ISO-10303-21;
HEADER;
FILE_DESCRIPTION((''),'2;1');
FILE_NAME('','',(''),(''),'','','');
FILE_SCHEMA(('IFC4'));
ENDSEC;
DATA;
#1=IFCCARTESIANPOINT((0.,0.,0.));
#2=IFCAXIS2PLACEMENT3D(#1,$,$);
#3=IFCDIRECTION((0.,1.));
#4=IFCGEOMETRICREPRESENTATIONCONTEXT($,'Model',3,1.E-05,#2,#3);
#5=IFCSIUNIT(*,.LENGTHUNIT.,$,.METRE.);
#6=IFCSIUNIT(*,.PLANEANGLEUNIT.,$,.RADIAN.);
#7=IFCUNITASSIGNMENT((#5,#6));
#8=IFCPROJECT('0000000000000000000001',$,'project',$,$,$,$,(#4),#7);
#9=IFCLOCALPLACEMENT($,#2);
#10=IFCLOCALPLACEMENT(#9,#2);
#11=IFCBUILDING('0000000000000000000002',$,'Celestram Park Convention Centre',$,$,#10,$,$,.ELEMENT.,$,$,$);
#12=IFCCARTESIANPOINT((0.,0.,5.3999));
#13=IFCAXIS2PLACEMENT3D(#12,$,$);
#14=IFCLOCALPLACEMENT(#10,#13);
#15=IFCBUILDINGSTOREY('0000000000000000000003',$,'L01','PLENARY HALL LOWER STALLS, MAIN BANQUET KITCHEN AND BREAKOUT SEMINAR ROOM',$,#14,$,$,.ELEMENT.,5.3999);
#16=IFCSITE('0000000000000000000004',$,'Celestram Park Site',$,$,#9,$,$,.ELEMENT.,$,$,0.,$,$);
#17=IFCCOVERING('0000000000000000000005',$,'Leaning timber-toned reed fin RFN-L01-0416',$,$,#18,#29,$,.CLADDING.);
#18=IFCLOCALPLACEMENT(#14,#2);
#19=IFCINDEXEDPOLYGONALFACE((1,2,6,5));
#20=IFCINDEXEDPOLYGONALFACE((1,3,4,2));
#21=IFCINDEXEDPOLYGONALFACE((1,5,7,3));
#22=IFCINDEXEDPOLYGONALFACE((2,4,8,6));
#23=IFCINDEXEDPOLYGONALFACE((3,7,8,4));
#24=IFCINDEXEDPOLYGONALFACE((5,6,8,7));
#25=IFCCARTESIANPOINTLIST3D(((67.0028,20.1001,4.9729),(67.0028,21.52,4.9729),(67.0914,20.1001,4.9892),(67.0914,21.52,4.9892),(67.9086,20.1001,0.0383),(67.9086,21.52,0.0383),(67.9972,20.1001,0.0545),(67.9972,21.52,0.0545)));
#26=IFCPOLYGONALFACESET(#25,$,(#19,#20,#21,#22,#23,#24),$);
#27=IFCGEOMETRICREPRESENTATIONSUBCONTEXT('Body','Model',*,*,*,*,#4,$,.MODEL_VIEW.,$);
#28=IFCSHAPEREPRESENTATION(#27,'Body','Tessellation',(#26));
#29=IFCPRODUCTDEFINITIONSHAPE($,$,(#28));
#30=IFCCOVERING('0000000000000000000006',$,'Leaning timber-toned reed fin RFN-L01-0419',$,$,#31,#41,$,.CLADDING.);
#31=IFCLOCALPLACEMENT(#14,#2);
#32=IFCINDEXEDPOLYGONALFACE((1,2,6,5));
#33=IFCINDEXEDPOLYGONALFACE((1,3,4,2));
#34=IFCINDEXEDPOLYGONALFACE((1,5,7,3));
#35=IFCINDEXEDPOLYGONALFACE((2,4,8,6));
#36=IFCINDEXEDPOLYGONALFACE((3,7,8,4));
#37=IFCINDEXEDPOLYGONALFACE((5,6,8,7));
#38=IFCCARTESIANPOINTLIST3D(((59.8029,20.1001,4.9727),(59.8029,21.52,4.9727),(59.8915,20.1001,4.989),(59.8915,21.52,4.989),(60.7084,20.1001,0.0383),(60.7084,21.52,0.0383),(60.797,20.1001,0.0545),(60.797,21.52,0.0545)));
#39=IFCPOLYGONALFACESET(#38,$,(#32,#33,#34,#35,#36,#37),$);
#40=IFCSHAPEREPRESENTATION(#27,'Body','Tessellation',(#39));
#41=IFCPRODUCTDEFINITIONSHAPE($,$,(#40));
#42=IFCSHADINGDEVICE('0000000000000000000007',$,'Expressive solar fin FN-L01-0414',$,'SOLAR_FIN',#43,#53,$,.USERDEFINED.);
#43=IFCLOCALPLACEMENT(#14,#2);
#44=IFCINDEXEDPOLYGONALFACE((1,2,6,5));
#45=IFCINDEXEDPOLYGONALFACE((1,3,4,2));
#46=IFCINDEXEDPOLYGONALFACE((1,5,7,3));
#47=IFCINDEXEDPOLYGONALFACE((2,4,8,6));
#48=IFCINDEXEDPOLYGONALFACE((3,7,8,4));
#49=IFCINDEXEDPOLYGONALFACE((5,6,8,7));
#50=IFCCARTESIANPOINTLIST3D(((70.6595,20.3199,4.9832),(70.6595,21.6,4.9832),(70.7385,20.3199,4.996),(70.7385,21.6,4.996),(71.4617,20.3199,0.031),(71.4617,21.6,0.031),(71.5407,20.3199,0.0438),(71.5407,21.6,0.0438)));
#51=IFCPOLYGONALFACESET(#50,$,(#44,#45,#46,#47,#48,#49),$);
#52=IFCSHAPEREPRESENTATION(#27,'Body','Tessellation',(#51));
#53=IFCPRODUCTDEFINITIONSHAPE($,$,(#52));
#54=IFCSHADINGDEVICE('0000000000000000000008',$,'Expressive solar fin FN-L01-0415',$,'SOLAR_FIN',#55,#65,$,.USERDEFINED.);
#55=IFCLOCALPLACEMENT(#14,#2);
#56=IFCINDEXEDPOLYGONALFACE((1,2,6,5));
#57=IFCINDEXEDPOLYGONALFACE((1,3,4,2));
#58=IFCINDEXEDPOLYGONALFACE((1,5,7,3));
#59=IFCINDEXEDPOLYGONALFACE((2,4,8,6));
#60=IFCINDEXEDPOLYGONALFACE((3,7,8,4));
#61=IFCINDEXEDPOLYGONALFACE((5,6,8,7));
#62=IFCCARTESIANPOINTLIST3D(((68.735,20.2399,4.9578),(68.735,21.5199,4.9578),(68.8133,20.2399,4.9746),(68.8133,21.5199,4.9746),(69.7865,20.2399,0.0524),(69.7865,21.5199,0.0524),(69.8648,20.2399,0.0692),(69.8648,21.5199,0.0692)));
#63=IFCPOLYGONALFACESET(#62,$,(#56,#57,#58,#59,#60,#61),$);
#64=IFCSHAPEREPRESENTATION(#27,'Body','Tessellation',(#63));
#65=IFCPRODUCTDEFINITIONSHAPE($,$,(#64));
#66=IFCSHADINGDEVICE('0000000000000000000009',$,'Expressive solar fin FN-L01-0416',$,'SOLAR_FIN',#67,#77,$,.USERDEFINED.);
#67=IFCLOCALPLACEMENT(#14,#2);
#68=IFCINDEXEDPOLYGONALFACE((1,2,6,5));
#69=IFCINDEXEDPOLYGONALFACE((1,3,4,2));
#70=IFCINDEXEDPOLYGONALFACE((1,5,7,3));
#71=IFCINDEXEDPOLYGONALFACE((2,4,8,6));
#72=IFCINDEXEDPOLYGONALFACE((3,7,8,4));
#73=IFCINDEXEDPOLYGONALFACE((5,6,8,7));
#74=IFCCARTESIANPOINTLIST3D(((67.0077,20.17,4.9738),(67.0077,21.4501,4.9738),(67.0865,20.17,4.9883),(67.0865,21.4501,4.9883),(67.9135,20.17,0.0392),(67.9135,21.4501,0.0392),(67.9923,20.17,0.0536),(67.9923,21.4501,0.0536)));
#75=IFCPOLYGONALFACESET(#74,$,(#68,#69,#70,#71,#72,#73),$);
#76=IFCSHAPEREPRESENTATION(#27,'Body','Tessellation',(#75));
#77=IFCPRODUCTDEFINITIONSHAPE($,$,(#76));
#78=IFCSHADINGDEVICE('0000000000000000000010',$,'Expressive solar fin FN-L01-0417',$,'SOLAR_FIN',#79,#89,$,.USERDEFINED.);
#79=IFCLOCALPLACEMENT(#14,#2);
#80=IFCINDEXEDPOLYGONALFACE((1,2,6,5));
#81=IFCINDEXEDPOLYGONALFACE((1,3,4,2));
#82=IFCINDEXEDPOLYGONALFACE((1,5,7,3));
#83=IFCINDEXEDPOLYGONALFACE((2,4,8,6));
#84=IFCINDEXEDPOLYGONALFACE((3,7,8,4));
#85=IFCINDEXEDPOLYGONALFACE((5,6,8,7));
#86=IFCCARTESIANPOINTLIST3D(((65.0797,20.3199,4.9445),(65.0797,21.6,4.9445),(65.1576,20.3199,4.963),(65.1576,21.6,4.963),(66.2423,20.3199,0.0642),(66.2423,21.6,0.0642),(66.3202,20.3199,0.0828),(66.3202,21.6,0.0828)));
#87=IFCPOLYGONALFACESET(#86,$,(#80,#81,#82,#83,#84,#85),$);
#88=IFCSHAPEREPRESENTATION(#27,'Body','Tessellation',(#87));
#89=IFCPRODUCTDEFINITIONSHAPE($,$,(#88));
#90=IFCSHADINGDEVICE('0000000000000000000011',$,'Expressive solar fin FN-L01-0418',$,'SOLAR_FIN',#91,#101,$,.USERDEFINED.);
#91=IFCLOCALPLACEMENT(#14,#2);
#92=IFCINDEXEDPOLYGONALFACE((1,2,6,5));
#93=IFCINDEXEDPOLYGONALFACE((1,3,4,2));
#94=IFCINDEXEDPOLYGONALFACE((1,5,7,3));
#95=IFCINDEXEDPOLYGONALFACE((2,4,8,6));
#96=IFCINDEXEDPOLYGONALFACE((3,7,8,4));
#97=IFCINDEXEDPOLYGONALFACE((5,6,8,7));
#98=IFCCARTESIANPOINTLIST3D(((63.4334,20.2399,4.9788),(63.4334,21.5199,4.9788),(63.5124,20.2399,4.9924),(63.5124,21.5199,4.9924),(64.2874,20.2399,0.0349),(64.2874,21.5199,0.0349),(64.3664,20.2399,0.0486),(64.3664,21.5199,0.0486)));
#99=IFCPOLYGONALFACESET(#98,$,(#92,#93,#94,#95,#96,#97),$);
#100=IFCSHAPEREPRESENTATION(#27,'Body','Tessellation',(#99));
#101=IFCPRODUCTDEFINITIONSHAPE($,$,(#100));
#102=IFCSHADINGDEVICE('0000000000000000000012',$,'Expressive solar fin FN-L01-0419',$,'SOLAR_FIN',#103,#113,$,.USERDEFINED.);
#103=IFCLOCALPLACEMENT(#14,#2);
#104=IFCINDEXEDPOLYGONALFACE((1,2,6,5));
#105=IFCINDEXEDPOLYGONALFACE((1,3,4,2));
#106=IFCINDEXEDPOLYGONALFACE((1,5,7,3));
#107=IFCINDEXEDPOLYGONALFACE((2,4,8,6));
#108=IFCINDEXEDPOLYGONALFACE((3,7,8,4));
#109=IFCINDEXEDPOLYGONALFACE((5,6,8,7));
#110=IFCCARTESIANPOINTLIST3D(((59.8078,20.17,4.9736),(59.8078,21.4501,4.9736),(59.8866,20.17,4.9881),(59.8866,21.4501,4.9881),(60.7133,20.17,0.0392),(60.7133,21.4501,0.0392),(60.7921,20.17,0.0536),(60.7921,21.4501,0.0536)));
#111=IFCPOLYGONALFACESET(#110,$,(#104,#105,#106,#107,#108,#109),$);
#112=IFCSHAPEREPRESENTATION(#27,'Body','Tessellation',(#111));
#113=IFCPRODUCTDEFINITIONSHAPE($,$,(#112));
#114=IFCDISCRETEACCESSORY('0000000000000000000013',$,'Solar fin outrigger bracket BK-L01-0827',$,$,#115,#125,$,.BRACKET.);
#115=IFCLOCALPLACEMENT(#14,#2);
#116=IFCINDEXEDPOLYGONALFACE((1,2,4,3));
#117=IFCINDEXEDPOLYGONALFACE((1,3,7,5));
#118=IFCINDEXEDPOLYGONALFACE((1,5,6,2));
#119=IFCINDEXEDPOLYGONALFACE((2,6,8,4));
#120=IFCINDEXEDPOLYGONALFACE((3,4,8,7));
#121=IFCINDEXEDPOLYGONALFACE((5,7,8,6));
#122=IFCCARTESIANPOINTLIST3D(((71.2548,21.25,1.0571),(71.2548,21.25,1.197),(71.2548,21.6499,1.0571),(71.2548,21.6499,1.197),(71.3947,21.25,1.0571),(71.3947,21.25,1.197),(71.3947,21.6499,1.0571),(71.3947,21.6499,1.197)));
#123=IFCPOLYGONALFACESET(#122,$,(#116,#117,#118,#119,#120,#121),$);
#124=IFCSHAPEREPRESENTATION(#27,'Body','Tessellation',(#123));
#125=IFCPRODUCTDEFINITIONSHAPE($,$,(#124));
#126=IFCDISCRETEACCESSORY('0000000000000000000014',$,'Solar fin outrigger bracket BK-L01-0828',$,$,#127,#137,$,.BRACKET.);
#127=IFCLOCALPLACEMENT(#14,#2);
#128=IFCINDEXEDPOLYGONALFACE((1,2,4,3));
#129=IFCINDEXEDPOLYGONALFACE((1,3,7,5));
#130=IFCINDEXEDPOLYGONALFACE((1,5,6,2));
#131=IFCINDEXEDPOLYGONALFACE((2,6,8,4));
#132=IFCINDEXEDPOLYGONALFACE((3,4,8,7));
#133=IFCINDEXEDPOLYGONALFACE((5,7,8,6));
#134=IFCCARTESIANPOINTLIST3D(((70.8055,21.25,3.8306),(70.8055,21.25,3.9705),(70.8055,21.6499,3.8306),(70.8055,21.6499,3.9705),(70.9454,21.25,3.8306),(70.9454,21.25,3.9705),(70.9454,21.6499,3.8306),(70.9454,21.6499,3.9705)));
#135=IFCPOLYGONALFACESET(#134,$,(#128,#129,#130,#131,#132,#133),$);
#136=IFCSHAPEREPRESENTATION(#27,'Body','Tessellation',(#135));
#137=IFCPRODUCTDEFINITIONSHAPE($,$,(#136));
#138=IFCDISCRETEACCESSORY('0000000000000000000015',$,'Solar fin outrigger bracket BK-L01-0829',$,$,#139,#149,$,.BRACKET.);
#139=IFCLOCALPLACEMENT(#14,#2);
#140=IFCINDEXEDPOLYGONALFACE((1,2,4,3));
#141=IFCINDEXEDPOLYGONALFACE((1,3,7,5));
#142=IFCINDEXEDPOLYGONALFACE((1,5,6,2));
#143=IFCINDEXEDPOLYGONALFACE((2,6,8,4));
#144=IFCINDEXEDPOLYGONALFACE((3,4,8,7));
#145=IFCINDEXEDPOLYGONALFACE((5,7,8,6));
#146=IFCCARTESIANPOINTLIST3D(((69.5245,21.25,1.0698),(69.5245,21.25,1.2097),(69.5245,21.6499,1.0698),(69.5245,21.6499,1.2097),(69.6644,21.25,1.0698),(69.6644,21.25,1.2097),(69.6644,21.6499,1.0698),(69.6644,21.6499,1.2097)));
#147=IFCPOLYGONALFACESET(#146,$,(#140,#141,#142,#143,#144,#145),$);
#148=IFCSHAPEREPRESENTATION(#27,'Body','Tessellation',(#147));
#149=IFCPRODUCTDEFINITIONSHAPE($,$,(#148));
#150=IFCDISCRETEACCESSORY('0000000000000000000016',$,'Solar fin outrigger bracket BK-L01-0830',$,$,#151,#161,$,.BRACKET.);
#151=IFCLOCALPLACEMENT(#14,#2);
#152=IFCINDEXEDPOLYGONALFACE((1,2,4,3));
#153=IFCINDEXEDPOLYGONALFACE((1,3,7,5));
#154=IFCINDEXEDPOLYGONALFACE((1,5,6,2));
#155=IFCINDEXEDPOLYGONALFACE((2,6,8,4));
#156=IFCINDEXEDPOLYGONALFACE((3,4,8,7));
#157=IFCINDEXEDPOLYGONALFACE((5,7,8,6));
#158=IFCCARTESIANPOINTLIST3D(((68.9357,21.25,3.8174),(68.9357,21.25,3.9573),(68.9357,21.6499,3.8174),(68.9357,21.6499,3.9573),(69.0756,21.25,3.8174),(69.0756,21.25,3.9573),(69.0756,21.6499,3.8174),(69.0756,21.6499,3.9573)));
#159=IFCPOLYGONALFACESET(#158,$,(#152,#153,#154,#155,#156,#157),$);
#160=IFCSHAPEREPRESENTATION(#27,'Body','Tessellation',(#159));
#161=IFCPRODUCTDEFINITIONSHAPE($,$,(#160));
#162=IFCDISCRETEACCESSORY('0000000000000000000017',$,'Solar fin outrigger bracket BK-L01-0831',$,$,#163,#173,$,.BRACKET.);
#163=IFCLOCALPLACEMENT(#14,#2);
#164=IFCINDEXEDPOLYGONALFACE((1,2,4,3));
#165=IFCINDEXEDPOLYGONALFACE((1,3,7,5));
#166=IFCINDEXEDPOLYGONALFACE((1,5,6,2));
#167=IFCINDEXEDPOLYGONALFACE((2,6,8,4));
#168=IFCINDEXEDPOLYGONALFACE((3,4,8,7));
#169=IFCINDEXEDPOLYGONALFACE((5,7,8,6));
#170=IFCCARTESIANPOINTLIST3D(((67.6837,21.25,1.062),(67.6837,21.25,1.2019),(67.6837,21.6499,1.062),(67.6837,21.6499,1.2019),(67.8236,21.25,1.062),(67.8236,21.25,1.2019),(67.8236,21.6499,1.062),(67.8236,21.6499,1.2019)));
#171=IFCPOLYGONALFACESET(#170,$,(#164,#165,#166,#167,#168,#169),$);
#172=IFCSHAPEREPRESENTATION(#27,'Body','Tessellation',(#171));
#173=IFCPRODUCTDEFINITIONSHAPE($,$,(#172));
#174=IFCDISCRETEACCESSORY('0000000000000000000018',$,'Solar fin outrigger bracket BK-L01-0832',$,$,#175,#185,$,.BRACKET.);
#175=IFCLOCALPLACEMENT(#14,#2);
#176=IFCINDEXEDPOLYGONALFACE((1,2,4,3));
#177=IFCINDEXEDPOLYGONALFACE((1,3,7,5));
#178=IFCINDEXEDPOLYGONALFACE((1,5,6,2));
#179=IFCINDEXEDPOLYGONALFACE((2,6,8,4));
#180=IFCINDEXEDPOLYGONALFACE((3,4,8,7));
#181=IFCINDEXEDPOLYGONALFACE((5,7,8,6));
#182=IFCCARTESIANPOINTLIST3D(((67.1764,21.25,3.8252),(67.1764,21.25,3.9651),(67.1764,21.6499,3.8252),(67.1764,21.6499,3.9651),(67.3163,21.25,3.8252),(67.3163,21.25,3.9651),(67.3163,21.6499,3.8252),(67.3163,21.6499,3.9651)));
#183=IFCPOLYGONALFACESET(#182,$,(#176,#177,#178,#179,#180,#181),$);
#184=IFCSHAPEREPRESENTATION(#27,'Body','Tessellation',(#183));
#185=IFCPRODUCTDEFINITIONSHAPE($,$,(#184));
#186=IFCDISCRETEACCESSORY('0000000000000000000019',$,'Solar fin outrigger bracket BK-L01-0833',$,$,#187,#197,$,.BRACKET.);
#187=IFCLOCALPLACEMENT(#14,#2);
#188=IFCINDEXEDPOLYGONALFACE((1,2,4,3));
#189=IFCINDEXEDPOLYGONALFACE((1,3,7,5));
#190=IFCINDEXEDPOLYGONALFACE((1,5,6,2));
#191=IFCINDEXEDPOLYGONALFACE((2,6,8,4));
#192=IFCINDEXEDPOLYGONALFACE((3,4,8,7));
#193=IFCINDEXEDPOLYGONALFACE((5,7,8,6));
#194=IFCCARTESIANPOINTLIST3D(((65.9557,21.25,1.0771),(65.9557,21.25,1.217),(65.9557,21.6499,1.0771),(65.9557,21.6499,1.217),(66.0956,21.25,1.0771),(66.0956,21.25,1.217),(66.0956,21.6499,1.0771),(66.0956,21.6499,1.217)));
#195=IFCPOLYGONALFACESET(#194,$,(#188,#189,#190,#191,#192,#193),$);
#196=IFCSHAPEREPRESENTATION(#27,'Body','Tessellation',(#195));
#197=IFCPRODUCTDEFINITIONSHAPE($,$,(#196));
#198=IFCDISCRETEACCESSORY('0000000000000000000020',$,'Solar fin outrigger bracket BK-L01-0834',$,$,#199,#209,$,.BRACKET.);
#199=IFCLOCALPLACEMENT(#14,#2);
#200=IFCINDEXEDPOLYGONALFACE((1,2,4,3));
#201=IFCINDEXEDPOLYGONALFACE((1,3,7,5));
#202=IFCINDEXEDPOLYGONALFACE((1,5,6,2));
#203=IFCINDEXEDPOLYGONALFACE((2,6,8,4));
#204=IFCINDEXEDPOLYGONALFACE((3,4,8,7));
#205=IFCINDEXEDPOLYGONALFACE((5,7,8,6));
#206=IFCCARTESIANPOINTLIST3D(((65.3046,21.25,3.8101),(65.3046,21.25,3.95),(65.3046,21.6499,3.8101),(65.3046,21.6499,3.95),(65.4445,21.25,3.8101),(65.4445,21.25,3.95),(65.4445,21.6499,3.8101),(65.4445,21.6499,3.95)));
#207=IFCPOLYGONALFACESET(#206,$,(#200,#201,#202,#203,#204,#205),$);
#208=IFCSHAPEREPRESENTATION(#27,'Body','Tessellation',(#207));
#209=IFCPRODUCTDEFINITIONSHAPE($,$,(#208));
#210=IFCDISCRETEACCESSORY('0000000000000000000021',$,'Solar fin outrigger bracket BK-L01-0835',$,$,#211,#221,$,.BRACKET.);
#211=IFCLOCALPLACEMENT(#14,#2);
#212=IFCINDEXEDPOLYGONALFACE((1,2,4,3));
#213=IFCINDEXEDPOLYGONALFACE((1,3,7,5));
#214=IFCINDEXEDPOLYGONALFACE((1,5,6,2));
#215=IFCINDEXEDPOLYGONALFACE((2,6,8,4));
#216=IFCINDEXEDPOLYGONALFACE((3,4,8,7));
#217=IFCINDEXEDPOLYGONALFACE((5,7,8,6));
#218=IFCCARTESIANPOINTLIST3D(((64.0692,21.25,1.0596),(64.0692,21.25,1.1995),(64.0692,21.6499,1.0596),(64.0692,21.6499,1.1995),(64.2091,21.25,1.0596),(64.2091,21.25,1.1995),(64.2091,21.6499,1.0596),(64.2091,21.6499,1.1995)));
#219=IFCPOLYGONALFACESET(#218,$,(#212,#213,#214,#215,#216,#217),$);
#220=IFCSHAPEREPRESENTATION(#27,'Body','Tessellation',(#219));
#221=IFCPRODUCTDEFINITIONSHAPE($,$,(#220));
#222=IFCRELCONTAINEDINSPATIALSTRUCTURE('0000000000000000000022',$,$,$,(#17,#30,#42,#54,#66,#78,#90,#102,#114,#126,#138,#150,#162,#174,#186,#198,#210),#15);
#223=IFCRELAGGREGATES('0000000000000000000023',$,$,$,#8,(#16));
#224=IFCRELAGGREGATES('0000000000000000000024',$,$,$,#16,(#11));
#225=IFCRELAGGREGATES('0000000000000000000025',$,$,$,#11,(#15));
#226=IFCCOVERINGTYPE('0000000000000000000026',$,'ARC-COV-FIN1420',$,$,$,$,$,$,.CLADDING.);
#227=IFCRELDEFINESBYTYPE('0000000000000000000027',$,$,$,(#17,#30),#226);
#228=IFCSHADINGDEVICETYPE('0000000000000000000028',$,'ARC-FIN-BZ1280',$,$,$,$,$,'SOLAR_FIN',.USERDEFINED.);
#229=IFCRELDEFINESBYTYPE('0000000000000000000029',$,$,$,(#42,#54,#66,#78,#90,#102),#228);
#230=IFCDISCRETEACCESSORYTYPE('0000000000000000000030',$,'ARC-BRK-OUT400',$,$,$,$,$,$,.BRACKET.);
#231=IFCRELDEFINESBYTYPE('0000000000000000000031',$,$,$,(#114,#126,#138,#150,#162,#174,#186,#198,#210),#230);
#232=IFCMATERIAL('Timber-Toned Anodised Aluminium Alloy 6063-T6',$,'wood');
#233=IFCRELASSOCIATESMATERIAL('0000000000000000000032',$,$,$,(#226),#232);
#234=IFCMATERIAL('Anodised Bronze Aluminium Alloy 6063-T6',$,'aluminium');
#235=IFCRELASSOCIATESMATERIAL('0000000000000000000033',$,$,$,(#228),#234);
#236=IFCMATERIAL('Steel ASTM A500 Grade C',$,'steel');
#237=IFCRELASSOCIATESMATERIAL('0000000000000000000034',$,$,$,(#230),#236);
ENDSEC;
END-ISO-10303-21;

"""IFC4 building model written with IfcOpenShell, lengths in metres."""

from ifc_helpers import new_model, si_unit, direction, frame, origin, origin_2d, place, context, subcontext, project, spatial, rectangle, extrude, material, material_profile, profile_set, type_object, element, save


model = new_model("IFC4")

# Units and contexts
model_context = context("Model", 3, precision=1e-05, world=origin(), true_north=direction((0.0, 1.0)))
body_context = subcontext(model_context, "Body", "Model", "MODEL_VIEW")
ifc_project = project(units=[si_unit("LENGTHUNIT", "METRE"), si_unit("PLANEANGLEUNIT", "RADIAN")], contexts=[model_context])

# Site, building, storey
site_placement = place(None, origin())
site = spatial("IfcSite", under=ifc_project, at=site_placement, Name="Celestram Park Site", CompositionType="ELEMENT", RefElevation=0.0)
building_placement = place(site_placement, origin())
building = spatial("IfcBuilding", under=site, at=building_placement, Name="Celestram Park Convention Centre", CompositionType="ELEMENT")
storey_placement = place(building_placement, frame((0.0, 0.0, 5.3999)))
storey = spatial("IfcBuildingStorey", under=building, at=storey_placement, Name="L01", Description="PLENARY HALL LOWER STALLS, MAIN BANQUET KITCHEN AND BREAKOUT SEMINAR ROOM", CompositionType="ELEMENT", Elevation=5.3999)

# Coverings
ifc_material_1 = material(Name="Timber-Toned Anodised Aluminium Alloy 6063-T6", Category="wood")
ifc_material_profile_1 = material_profile(ifc_material_1, rectangle(XDim=1.4199, YDim=0.0901, at=origin_2d()), Name="REED1420X90")
ifc_profile_set_1 = profile_set([ifc_material_profile_1], Name="Timber-Toned Anodised Aluminium Alloy 6063-T6")
covering_type_1 = type_object("IfcCoveringType", Name="ARC-COV-FIN1420", PredefinedType="CLADDING", material=ifc_profile_set_1)
covering_1_placement = place(storey_placement, frame((67.9529, 20.8101, 0.0464), z_axis=(-0.180538, 0.0, 0.983568), x_axis=(0.0, -1.0, 0.0)))
element("IfcCovering", 1, at=covering_1_placement, inside=storey, type_object=covering_type_1, Name="Leaning timber-toned reed fin RFN-L01-0416", PredefinedType="CLADDING", context=body_context, shape_type="SweptSolid", body=[
    extrude(rectangle(XDim=1.4199, YDim=0.0901, at=origin_2d()), origin(), (0.0, 0.0, 1.0), 5.0171),
])
covering_2_placement = place(storey_placement, frame((60.7527, 20.8101, 0.0464), z_axis=(-0.180491, 0.0, 0.983577), x_axis=(0.0, -1.0, 0.0)))
element("IfcCovering", 2, at=covering_2_placement, inside=storey, type_object=covering_type_1, Name="Leaning timber-toned reed fin RFN-L01-0419", PredefinedType="CLADDING", context=body_context, shape_type="SweptSolid", body=[
    extrude(rectangle(XDim=1.4199, YDim=0.0901, at=origin_2d()), origin(), (0.0, 0.0, 1.0), 5.0168),
])

# Shading devices
ifc_material_2 = material(Name="Anodised Bronze Aluminium Alloy 6063-T6", Category="aluminium")
ifc_material_profile_2 = material_profile(ifc_material_2, rectangle(XDim=1.28, YDim=0.0801, at=origin_2d()), Name="FIN1280X80")
ifc_profile_set_2 = profile_set([ifc_material_profile_2], Name="Anodised Bronze Aluminium Alloy 6063-T6")
shading_device_type = type_object("IfcShadingDeviceType", Name="ARC-FIN-BZ1280", ElementType="SOLAR_FIN", PredefinedType="USERDEFINED", material=ifc_profile_set_2)
for number, where, z_axis, x_axis, name in (
    (3, (71.5012, 20.96, 0.0374), (-0.159907, 0.0, 0.987132), (0.0, -1.0, 0.0), "Expressive solar fin FN-L01-0414"),
    (4, (69.8257, 20.8799, 0.0608), (-0.209592, 0.0, 0.977789), (0.0, -1.0, 0.0), "Expressive solar fin FN-L01-0415"),
):
    element("IfcShadingDevice", number, at=place(storey_placement, frame(where, z_axis=z_axis, x_axis=x_axis)), inside=storey, type_object=shading_device_type, Name=name, ObjectType="SOLAR_FIN", PredefinedType="USERDEFINED", context=body_context, shape_type="SweptSolid", body=[
        extrude(rectangle(XDim=1.28, YDim=0.0801, at=origin_2d()), origin(), (0.0, 0.0, 1.0), 5.0168),
    ])
shading_device_1_placement = place(storey_placement, frame((67.9529, 20.8101, 0.0464), z_axis=(-0.180538, 0.0, 0.983568), x_axis=(0.0, -1.0, 0.0)))
element("IfcShadingDevice", 5, at=shading_device_1_placement, inside=storey, type_object=shading_device_type, Name="Expressive solar fin FN-L01-0416", ObjectType="SOLAR_FIN", PredefinedType="USERDEFINED", context=body_context, shape_type="SweptSolid", body=[
    extrude(rectangle(XDim=1.28, YDim=0.0801, at=origin_2d()), origin(), (0.0, 0.0, 1.0), 5.0171),
])
shading_device_2_placement = place(storey_placement, frame((66.2812, 20.96, 0.0735), z_axis=(-0.231735, 0.0, 0.972779), x_axis=(0.0, -1.0, 0.0)))
element("IfcShadingDevice", 6, at=shading_device_2_placement, inside=storey, type_object=shading_device_type, Name="Expressive solar fin FN-L01-0417", ObjectType="SOLAR_FIN", PredefinedType="USERDEFINED", context=body_context, shape_type="SweptSolid", body=[
    extrude(rectangle(XDim=1.28, YDim=0.0801, at=origin_2d()), origin(), (0.0, 0.0, 1.0), 5.0168),
])
shading_device_3_placement = place(storey_placement, frame((64.3269, 20.8799, 0.0417), z_axis=(-0.17022, 0.0, 0.985406), x_axis=(0.0, -1.0, 0.0)))
element("IfcShadingDevice", 7, at=shading_device_3_placement, inside=storey, type_object=shading_device_type, Name="Expressive solar fin FN-L01-0418", ObjectType="SOLAR_FIN", PredefinedType="USERDEFINED", context=body_context, shape_type="SweptSolid", body=[
    extrude(rectangle(XDim=1.28, YDim=0.0801, at=origin_2d()), origin(), (0.0, 0.0, 1.0), 5.0171),
])
shading_device_4_placement = place(storey_placement, frame((60.7527, 20.8101, 0.0464), z_axis=(-0.180491, 0.0, 0.983577), x_axis=(0.0, -1.0, 0.0)))
element("IfcShadingDevice", 8, at=shading_device_4_placement, inside=storey, type_object=shading_device_type, Name="Expressive solar fin FN-L01-0419", ObjectType="SOLAR_FIN", PredefinedType="USERDEFINED", context=body_context, shape_type="SweptSolid", body=[
    extrude(rectangle(XDim=1.28, YDim=0.0801, at=origin_2d()), origin(), (0.0, 0.0, 1.0), 5.0168),
])

# Discrete accessories
ifc_material_3 = material(Name="Steel ASTM A500 Grade C", Category="steel")
discrete_accessory_type = type_object("IfcDiscreteAccessoryType", Name="ARC-BRK-OUT400", PredefinedType="BRACKET", material=ifc_material_3)
for number, where, z_axis, x_axis, name in (
    (9, (71.3247, 21.45, 1.0571), (0.0, 0.0, 1.0), (0.0, -1.0, 0.0), "Solar fin outrigger bracket BK-L01-0827"),
    (10, (70.8755, 21.45, 3.8306), (0.0, 0.0, 1.0), (0.0, -1.0, 0.0), "Solar fin outrigger bracket BK-L01-0828"),
    (11, (69.5945, 21.45, 1.0698), (0.0, 0.0, 1.0), (0.0, -1.0, 0.0), "Solar fin outrigger bracket BK-L01-0829"),
    (12, (69.0056, 21.45, 3.8174), (0.0, 0.0, 1.0), (0.0, -1.0, 0.0), "Solar fin outrigger bracket BK-L01-0830"),
    (13, (67.7537, 21.45, 1.062), (0.0, 0.0, 1.0), (0.0, -1.0, 0.0), "Solar fin outrigger bracket BK-L01-0831"),
    (14, (67.2463, 21.45, 3.8252), (0.0, 0.0, 1.0), (0.0, -1.0, 0.0), "Solar fin outrigger bracket BK-L01-0832"),
    (15, (66.0256, 21.45, 1.0771), (0.0, 0.0, 1.0), (0.0, -1.0, 0.0), "Solar fin outrigger bracket BK-L01-0833"),
    (16, (65.3745, 21.45, 3.8101), (0.0, 0.0, 1.0), (0.0, -1.0, 0.0), "Solar fin outrigger bracket BK-L01-0834"),
    (17, (64.1392, 21.45, 1.0596), (0.0, 0.0, 1.0), (0.0, -1.0, 0.0), "Solar fin outrigger bracket BK-L01-0835"),
):
    element("IfcDiscreteAccessory", number, at=place(storey_placement, frame(where, z_axis=z_axis, x_axis=x_axis)), inside=storey, type_object=discrete_accessory_type, Name=name, PredefinedType="BRACKET", context=body_context, shape_type="SweptSolid", body=[
        extrude(rectangle(XDim=0.3999, YDim=0.1399, at=origin_2d()), origin(), (0.0, 0.0, 1.0), 0.1399),
    ])

save(model, "model.ifc")
